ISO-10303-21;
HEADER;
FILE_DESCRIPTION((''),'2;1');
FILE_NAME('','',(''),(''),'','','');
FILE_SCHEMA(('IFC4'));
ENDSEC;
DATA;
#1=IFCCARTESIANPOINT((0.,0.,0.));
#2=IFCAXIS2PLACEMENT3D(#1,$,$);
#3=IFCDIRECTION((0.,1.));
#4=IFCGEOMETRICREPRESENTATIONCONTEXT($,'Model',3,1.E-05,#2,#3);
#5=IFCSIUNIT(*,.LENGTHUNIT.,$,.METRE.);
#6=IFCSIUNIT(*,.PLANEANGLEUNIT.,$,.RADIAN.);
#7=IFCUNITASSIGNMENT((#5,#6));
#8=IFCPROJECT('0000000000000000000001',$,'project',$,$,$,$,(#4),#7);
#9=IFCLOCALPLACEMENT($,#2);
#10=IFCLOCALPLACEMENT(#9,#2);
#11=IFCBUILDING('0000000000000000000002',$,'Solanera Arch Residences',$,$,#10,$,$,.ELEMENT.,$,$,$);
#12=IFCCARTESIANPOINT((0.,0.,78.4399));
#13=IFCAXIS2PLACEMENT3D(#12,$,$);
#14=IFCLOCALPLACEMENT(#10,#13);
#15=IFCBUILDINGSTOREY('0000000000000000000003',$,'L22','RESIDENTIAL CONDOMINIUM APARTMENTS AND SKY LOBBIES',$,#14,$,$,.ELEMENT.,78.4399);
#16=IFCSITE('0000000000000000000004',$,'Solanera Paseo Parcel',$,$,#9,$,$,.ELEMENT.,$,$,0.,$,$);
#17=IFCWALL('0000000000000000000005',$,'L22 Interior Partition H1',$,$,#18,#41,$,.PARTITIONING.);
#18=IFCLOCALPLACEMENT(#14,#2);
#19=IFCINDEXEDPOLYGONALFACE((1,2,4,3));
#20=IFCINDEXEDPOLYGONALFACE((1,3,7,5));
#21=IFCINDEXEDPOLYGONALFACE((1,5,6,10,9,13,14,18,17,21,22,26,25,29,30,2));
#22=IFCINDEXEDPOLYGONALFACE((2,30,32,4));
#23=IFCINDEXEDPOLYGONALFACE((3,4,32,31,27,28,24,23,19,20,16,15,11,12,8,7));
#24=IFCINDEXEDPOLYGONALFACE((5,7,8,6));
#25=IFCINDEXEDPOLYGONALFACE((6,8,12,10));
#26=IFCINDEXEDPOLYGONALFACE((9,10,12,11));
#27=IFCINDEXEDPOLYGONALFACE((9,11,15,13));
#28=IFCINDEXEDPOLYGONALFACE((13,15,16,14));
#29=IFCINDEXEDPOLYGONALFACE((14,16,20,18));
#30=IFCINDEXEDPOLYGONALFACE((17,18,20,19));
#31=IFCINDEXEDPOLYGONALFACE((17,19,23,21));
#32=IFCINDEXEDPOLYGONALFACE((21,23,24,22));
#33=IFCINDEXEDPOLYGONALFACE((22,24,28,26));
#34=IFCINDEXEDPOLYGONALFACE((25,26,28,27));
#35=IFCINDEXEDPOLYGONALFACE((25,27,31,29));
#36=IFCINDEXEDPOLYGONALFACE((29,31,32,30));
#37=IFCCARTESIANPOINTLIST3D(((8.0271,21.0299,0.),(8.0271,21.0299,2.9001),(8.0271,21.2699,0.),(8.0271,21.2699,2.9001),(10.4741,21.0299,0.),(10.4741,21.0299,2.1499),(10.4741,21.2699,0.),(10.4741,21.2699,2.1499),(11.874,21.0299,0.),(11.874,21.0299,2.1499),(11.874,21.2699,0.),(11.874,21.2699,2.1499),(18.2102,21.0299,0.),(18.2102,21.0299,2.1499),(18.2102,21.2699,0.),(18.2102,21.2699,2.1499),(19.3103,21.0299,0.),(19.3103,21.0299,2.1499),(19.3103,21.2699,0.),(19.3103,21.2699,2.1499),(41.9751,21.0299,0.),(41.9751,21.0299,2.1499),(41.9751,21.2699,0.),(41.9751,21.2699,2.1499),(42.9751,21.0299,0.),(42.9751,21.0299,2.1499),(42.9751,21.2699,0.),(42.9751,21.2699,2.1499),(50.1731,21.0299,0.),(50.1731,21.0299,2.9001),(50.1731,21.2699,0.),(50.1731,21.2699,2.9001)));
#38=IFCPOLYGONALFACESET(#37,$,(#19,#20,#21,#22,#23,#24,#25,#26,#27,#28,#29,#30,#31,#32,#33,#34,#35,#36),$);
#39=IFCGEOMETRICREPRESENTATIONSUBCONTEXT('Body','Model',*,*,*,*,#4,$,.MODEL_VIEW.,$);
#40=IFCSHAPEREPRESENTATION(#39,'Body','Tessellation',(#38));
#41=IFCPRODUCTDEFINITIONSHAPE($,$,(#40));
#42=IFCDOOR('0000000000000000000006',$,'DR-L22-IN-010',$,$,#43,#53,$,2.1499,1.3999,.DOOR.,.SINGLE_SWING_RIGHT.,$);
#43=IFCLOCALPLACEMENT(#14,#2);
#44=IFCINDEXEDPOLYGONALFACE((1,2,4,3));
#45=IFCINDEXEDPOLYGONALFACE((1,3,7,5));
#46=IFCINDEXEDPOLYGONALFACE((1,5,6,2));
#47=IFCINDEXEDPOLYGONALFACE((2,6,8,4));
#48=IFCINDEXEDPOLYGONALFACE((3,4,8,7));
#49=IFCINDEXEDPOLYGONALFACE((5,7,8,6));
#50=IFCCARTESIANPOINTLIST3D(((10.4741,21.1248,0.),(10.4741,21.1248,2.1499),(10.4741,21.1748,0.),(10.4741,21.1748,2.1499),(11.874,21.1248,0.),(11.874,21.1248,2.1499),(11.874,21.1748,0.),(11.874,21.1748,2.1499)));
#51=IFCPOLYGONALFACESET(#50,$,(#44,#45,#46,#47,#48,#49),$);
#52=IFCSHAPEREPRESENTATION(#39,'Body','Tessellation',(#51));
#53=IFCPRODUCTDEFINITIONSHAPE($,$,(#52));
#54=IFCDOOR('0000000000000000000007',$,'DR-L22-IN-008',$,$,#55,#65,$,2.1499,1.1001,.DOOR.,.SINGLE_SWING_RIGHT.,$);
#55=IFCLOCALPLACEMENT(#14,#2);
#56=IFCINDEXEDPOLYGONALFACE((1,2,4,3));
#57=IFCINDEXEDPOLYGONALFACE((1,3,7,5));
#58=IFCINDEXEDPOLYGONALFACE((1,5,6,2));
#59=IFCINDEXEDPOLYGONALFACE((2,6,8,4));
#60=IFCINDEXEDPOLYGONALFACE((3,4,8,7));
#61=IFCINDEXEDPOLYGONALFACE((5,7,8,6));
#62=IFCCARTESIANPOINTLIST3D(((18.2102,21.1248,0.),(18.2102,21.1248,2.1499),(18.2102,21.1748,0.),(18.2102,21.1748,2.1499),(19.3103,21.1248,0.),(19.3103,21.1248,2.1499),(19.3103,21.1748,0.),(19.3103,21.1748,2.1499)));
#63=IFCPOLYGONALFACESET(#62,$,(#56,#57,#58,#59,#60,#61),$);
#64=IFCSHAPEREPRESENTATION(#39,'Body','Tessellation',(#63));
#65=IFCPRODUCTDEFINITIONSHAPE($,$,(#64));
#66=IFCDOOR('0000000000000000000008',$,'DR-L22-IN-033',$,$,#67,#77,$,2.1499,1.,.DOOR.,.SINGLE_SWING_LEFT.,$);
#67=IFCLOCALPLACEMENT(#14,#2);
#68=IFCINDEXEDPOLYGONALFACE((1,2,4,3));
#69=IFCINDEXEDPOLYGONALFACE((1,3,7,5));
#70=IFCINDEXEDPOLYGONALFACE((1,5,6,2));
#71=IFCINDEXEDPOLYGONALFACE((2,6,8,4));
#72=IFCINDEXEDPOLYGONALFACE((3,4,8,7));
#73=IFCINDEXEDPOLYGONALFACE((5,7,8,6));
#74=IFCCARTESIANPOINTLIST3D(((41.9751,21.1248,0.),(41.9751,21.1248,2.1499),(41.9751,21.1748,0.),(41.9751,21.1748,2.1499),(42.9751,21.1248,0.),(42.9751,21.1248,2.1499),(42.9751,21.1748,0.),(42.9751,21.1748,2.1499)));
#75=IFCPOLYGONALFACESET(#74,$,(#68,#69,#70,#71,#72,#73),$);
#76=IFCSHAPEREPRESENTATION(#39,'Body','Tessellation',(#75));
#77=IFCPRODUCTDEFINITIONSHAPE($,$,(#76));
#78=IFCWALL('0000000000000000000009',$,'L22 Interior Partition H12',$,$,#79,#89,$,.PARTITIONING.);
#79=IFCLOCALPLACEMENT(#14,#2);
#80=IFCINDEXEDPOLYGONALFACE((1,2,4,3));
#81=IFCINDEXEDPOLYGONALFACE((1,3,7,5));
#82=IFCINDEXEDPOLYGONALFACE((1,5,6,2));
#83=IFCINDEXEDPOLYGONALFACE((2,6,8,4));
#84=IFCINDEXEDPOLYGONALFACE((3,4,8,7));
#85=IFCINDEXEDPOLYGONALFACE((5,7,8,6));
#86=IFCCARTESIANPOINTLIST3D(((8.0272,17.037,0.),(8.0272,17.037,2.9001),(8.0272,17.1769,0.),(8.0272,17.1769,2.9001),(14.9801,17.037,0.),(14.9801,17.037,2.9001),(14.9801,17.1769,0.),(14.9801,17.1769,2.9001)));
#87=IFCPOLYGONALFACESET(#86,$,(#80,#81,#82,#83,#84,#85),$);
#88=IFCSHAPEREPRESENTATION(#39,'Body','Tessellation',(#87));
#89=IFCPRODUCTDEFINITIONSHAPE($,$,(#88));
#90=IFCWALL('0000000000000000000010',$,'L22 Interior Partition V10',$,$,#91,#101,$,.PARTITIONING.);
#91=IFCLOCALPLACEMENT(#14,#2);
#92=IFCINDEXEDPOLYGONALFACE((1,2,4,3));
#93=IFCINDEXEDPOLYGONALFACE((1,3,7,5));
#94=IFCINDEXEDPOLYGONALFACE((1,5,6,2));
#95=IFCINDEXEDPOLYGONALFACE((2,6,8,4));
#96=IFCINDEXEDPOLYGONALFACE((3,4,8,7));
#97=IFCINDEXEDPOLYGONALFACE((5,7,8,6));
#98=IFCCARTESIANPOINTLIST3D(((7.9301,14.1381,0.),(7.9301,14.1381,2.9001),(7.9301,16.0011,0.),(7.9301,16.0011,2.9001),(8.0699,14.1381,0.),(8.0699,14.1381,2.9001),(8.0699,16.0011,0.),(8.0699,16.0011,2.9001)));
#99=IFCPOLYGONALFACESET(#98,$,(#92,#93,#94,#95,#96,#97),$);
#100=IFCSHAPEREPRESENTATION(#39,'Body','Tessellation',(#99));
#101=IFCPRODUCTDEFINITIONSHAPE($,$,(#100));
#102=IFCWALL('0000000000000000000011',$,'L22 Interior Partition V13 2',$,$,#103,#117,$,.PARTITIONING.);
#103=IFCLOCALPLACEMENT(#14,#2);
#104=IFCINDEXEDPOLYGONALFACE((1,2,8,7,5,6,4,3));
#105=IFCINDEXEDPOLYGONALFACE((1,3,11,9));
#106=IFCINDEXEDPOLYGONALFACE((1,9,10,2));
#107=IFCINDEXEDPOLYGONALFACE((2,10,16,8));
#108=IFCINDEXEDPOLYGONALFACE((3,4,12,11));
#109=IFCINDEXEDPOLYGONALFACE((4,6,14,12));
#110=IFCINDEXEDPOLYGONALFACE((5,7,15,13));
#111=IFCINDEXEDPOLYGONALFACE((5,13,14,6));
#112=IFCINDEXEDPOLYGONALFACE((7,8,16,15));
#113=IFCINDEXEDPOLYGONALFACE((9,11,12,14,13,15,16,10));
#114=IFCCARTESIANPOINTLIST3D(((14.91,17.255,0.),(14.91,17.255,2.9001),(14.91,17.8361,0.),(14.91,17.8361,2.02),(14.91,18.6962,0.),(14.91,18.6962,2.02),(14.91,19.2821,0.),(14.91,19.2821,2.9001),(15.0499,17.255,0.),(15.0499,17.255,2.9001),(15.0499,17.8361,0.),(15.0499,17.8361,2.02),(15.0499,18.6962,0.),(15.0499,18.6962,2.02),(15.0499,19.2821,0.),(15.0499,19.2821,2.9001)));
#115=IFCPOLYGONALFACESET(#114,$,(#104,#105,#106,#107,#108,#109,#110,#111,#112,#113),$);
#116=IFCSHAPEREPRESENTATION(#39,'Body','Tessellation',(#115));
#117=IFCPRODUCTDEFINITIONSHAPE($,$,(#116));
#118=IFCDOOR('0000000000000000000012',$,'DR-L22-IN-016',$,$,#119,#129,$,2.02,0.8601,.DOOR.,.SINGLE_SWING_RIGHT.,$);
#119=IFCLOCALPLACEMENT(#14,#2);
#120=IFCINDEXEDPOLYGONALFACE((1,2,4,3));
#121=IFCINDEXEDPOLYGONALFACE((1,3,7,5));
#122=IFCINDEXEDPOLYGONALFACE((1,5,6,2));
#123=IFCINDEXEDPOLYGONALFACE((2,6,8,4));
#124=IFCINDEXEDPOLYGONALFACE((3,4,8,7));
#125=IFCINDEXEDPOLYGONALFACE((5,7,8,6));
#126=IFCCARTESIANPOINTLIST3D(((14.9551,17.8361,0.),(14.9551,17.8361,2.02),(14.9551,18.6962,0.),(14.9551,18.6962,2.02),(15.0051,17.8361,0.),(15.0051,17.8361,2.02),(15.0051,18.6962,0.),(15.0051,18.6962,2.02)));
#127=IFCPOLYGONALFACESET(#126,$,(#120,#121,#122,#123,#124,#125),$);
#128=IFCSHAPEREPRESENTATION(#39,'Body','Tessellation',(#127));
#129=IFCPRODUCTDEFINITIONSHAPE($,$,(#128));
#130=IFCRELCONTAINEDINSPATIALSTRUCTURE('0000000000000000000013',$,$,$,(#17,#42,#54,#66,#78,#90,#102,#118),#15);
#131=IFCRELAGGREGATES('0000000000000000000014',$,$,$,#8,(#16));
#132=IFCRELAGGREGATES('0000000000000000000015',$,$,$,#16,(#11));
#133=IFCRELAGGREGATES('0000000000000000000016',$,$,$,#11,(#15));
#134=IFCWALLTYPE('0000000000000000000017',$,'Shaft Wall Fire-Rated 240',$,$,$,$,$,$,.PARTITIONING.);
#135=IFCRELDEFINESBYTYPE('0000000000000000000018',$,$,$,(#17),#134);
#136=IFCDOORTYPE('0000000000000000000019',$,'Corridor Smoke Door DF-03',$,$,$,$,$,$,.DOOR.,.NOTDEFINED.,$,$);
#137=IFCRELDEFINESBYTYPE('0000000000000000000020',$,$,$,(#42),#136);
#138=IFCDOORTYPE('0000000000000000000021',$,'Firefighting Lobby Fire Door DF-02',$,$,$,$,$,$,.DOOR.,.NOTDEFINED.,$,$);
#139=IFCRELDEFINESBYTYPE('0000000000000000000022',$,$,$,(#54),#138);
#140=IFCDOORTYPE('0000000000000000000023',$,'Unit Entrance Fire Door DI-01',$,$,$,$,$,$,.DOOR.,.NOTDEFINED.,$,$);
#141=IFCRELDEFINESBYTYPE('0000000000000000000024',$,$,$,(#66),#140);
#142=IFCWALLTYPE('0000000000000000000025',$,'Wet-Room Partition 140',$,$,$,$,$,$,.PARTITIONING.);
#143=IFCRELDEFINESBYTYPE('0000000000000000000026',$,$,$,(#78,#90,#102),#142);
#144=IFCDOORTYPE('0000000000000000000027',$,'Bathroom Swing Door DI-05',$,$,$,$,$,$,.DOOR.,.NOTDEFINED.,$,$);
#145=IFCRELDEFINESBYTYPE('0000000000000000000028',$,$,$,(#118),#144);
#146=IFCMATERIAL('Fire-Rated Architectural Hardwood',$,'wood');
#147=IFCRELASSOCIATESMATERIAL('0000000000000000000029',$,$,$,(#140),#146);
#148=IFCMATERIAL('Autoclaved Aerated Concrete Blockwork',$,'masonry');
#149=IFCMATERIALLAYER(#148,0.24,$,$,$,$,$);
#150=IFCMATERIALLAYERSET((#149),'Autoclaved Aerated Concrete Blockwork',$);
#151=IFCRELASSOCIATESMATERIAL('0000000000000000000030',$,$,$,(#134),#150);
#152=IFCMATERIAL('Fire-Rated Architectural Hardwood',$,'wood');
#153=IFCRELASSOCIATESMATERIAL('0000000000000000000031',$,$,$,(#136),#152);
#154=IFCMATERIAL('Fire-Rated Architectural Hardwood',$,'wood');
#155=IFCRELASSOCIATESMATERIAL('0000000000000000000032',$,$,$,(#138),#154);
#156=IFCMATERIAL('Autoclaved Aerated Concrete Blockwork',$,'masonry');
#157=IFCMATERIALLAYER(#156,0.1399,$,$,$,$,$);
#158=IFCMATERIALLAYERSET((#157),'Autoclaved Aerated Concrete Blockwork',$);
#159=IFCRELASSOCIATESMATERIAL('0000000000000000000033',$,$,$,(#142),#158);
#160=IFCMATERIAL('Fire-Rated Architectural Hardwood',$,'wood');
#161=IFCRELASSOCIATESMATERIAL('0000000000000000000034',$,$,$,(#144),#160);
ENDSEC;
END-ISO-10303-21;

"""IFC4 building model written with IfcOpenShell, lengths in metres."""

from ifc_helpers import new_model, si_unit, direction, frame, frame_2d, origin, place, context, subcontext, project, spatial, rectangle, extrude, material, layer, layer_set, type_object, element, fill, save


model = new_model("IFC4")

# Units and contexts
model_context = context("Model", 3, precision=1e-05, world=origin(), true_north=direction((0.0, 1.0)))
body_context = subcontext(model_context, "Body", "Model", "MODEL_VIEW")
ifc_project = project(units=[si_unit("LENGTHUNIT", "METRE"), si_unit("PLANEANGLEUNIT", "RADIAN")], contexts=[model_context])

# Site, building, storey
site_placement = place(None, origin())
site = spatial("IfcSite", under=ifc_project, at=site_placement, Name="Solanera Paseo Parcel", CompositionType="ELEMENT", RefElevation=0.0)
building_placement = place(site_placement, origin())
building = spatial("IfcBuilding", under=site, at=building_placement, Name="Solanera Arch Residences", CompositionType="ELEMENT")
storey_placement = place(building_placement, frame((0.0, 0.0, 78.4399)))
storey = spatial("IfcBuildingStorey", under=building, at=storey_placement, Name="L22", Description="RESIDENTIAL CONDOMINIUM APARTMENTS AND SKY LOBBIES", CompositionType="ELEMENT", Elevation=78.4399)

# Shared definitions
ifc_material_1 = material(Name="Fire-Rated Architectural Hardwood", Category="wood")
door_type_1 = type_object("IfcDoorType", Name="Unit Entrance Fire Door DI-01", OperationType="NOTDEFINED", PredefinedType="DOOR", material=ifc_material_1)

# Wall, openings, doors
ifc_material_2 = material(Name="Autoclaved Aerated Concrete Blockwork", Category="masonry")
ifc_layer_1 = layer(ifc_material_2, 0.24)
ifc_layer_set_1 = layer_set([ifc_layer_1], Name="Autoclaved Aerated Concrete Blockwork")
wall_type_1 = type_object("IfcWallType", Name="Shaft Wall Fire-Rated 240", PredefinedType="PARTITIONING", material=ifc_layer_set_1)
wall_1_placement = place(storey_placement, frame((8.0271, 21.1499, 0.0), z_axis=(0.0, 0.0, 1.0), x_axis=(1.0, 0.0, 0.0)))
wall_1 = element("IfcWall", 1, at=wall_1_placement, inside=storey, type_object=wall_type_1, Name="L22 Interior Partition H1", PredefinedType="PARTITIONING", context=body_context, shape_type="SweptSolid", body=[
    extrude(rectangle(XDim=42.146, YDim=0.24, at=frame_2d((21.073, 0.0))), origin(), (0.0, 0.0, 1.0), 2.9001),
])
opening_1_placement = place(wall_1_placement, frame((10.1831, 0.0, 0.0)))
opening_1 = element("IfcOpeningElement", 2, at=opening_1_placement, cuts=wall_1, PredefinedType="OPENING", context=body_context, shape_type="SweptSolid", body=[
    extrude(rectangle(XDim=1.1001, YDim=2.1499, at=frame_2d((0.55, 1.075))), frame((0.0, 0.1299, 0.0), z_axis=(0.0, -1.0, 0.0), x_axis=(1.0, 0.0, 0.0)), (0.0, 0.0, 1.0), 0.26),
])
opening_2_placement = place(wall_1_placement, frame((2.447, 0.0, 0.0)))
opening_2 = element("IfcOpeningElement", 3, at=opening_2_placement, cuts=wall_1, PredefinedType="OPENING", context=body_context, shape_type="SweptSolid", body=[
    extrude(rectangle(XDim=1.3999, YDim=2.1499, at=frame_2d((0.7, 1.075))), frame((0.0, 0.1299, 0.0), z_axis=(0.0, -1.0, 0.0), x_axis=(1.0, 0.0, 0.0)), (0.0, 0.0, 1.0), 0.26),
])
opening_3_placement = place(wall_1_placement, frame((33.948, 0.0, 0.0)))
opening_3 = element("IfcOpeningElement", 4, at=opening_3_placement, cuts=wall_1, PredefinedType="OPENING", context=body_context, shape_type="SweptSolid", body=[
    extrude(rectangle(XDim=1.0, YDim=2.1499, at=frame_2d((0.5, 1.075))), frame((0.0, 0.1299, 0.0), z_axis=(0.0, -1.0, 0.0), x_axis=(1.0, 0.0, 0.0)), (0.0, 0.0, 1.0), 0.26),
])
ifc_material_3 = material(Name="Fire-Rated Architectural Hardwood", Category="wood")
door_type_2 = type_object("IfcDoorType", Name="Corridor Smoke Door DF-03", OperationType="NOTDEFINED", PredefinedType="DOOR", material=ifc_material_3)
door_1_placement = place(opening_2_placement, origin())
door_1 = element("IfcDoor", 5, at=door_1_placement, inside=storey, type_object=door_type_2, Name="DR-L22-IN-010", OperationType="SINGLE_SWING_RIGHT", OverallHeight=2.1499, OverallWidth=1.3999, PredefinedType="DOOR", context=body_context, shape_type="SweptSolid", body=[
    extrude(rectangle(XDim=1.3999, YDim=2.1499, at=frame_2d((0.7, 1.075))), frame((0.0, 0.0249, 0.0), z_axis=(0.0, -1.0, 0.0), x_axis=(1.0, 0.0, 0.0)), (0.0, 0.0, 1.0), 0.05),
])
fill(opening_2, door_1)
ifc_material_4 = material(Name="Fire-Rated Architectural Hardwood", Category="wood")
door_type_3 = type_object("IfcDoorType", Name="Firefighting Lobby Fire Door DF-02", OperationType="NOTDEFINED", PredefinedType="DOOR", material=ifc_material_4)
door_2_placement = place(opening_1_placement, origin())
door_2 = element("IfcDoor", 6, at=door_2_placement, inside=storey, type_object=door_type_3, Name="DR-L22-IN-008", OperationType="SINGLE_SWING_RIGHT", OverallHeight=2.1499, OverallWidth=1.1001, PredefinedType="DOOR", context=body_context, shape_type="SweptSolid", body=[
    extrude(rectangle(XDim=1.1001, YDim=2.1499, at=frame_2d((0.55, 1.075))), frame((0.0, 0.0249, 0.0), z_axis=(0.0, -1.0, 0.0), x_axis=(1.0, 0.0, 0.0)), (0.0, 0.0, 1.0), 0.05),
])
fill(opening_1, door_2)
door_3_placement = place(opening_3_placement, origin())
door_3 = element("IfcDoor", 7, at=door_3_placement, inside=storey, type_object=door_type_1, Name="DR-L22-IN-033", OperationType="SINGLE_SWING_LEFT", OverallHeight=2.1499, OverallWidth=1.0, PredefinedType="DOOR", context=body_context, shape_type="SweptSolid", body=[
    extrude(rectangle(XDim=1.0, YDim=2.1499, at=frame_2d((0.5, 1.075))), frame((0.0, 0.0249, 0.0), z_axis=(0.0, -1.0, 0.0), x_axis=(1.0, 0.0, 0.0)), (0.0, 0.0, 1.0), 0.05),
])
fill(opening_3, door_3)

# Walls
ifc_material_5 = material(Name="Autoclaved Aerated Concrete Blockwork", Category="masonry")
ifc_layer_2 = layer(ifc_material_5, 0.1399)
ifc_layer_set_2 = layer_set([ifc_layer_2], Name="Autoclaved Aerated Concrete Blockwork")
wall_type_2 = type_object("IfcWallType", Name="Wet-Room Partition 140", PredefinedType="PARTITIONING", material=ifc_layer_set_2)
wall_2_placement = place(storey_placement, frame((8.0271, 17.1069, 0.0), z_axis=(0.0, 0.0, 1.0), x_axis=(1.0, 0.0, 0.0)))
element("IfcWall", 8, at=wall_2_placement, inside=storey, type_object=wall_type_2, Name="L22 Interior Partition H12", PredefinedType="PARTITIONING", context=body_context, shape_type="SweptSolid", body=[
    extrude(rectangle(XDim=6.9529, YDim=0.1399, at=frame_2d((3.4766, 0.0))), origin(), (0.0, 0.0, 1.0), 2.9001),
])
wall_3_placement = place(storey_placement, frame((8.0, 14.1379, 0.0), z_axis=(0.0, 0.0, 1.0), x_axis=(0.0, 1.0, 0.0)))
element("IfcWall", 9, at=wall_3_placement, inside=storey, type_object=wall_type_2, Name="L22 Interior Partition V10", PredefinedType="PARTITIONING", context=body_context, shape_type="SweptSolid", body=[
    extrude(rectangle(XDim=1.863, YDim=0.1399, at=frame_2d((0.9316, 0.0))), origin(), (0.0, 0.0, 1.0), 2.9001),
])

# Wall, opening, door
wall_4_placement = place(storey_placement, frame((14.98, 17.2549, 0.0), z_axis=(0.0, 0.0, 1.0), x_axis=(0.0, 1.0, 0.0)))
wall_4 = element("IfcWall", 10, at=wall_4_placement, inside=storey, type_object=wall_type_2, Name="L22 Interior Partition V13 2", PredefinedType="PARTITIONING", context=body_context, shape_type="SweptSolid", body=[
    extrude(rectangle(XDim=2.0271, YDim=0.1399, at=frame_2d((1.0137, 0.0))), origin(), (0.0, 0.0, 1.0), 2.9001),
])
opening_4_placement = place(wall_4_placement, frame((0.5811, 0.0, 0.0)))
opening_4 = element("IfcOpeningElement", 11, at=opening_4_placement, cuts=wall_4, PredefinedType="OPENING", context=body_context, shape_type="SweptSolid", body=[
    extrude(rectangle(XDim=0.8601, YDim=2.02, at=frame_2d((0.4302, 1.01))), frame((0.0, 0.0798, 0.0), z_axis=(0.0, -1.0, 0.0), x_axis=(1.0, 0.0, 0.0)), (0.0, 0.0, 1.0), 0.1599),
])
ifc_material_6 = material(Name="Fire-Rated Architectural Hardwood", Category="wood")
door_type_4 = type_object("IfcDoorType", Name="Bathroom Swing Door DI-05", OperationType="NOTDEFINED", PredefinedType="DOOR", material=ifc_material_6)
door_4_placement = place(opening_4_placement, origin())
door_4 = element("IfcDoor", 12, at=door_4_placement, inside=storey, type_object=door_type_4, Name="DR-L22-IN-016", OperationType="SINGLE_SWING_RIGHT", OverallHeight=2.02, OverallWidth=0.8601, PredefinedType="DOOR", context=body_context, shape_type="SweptSolid", body=[
    extrude(rectangle(XDim=0.8601, YDim=2.02, at=frame_2d((0.4302, 1.01))), frame((0.0, 0.0249, 0.0), z_axis=(0.0, -1.0, 0.0), x_axis=(1.0, 0.0, 0.0)), (0.0, 0.0, 1.0), 0.05),
])
fill(opening_4, door_4)

save(model, "model.ifc")
